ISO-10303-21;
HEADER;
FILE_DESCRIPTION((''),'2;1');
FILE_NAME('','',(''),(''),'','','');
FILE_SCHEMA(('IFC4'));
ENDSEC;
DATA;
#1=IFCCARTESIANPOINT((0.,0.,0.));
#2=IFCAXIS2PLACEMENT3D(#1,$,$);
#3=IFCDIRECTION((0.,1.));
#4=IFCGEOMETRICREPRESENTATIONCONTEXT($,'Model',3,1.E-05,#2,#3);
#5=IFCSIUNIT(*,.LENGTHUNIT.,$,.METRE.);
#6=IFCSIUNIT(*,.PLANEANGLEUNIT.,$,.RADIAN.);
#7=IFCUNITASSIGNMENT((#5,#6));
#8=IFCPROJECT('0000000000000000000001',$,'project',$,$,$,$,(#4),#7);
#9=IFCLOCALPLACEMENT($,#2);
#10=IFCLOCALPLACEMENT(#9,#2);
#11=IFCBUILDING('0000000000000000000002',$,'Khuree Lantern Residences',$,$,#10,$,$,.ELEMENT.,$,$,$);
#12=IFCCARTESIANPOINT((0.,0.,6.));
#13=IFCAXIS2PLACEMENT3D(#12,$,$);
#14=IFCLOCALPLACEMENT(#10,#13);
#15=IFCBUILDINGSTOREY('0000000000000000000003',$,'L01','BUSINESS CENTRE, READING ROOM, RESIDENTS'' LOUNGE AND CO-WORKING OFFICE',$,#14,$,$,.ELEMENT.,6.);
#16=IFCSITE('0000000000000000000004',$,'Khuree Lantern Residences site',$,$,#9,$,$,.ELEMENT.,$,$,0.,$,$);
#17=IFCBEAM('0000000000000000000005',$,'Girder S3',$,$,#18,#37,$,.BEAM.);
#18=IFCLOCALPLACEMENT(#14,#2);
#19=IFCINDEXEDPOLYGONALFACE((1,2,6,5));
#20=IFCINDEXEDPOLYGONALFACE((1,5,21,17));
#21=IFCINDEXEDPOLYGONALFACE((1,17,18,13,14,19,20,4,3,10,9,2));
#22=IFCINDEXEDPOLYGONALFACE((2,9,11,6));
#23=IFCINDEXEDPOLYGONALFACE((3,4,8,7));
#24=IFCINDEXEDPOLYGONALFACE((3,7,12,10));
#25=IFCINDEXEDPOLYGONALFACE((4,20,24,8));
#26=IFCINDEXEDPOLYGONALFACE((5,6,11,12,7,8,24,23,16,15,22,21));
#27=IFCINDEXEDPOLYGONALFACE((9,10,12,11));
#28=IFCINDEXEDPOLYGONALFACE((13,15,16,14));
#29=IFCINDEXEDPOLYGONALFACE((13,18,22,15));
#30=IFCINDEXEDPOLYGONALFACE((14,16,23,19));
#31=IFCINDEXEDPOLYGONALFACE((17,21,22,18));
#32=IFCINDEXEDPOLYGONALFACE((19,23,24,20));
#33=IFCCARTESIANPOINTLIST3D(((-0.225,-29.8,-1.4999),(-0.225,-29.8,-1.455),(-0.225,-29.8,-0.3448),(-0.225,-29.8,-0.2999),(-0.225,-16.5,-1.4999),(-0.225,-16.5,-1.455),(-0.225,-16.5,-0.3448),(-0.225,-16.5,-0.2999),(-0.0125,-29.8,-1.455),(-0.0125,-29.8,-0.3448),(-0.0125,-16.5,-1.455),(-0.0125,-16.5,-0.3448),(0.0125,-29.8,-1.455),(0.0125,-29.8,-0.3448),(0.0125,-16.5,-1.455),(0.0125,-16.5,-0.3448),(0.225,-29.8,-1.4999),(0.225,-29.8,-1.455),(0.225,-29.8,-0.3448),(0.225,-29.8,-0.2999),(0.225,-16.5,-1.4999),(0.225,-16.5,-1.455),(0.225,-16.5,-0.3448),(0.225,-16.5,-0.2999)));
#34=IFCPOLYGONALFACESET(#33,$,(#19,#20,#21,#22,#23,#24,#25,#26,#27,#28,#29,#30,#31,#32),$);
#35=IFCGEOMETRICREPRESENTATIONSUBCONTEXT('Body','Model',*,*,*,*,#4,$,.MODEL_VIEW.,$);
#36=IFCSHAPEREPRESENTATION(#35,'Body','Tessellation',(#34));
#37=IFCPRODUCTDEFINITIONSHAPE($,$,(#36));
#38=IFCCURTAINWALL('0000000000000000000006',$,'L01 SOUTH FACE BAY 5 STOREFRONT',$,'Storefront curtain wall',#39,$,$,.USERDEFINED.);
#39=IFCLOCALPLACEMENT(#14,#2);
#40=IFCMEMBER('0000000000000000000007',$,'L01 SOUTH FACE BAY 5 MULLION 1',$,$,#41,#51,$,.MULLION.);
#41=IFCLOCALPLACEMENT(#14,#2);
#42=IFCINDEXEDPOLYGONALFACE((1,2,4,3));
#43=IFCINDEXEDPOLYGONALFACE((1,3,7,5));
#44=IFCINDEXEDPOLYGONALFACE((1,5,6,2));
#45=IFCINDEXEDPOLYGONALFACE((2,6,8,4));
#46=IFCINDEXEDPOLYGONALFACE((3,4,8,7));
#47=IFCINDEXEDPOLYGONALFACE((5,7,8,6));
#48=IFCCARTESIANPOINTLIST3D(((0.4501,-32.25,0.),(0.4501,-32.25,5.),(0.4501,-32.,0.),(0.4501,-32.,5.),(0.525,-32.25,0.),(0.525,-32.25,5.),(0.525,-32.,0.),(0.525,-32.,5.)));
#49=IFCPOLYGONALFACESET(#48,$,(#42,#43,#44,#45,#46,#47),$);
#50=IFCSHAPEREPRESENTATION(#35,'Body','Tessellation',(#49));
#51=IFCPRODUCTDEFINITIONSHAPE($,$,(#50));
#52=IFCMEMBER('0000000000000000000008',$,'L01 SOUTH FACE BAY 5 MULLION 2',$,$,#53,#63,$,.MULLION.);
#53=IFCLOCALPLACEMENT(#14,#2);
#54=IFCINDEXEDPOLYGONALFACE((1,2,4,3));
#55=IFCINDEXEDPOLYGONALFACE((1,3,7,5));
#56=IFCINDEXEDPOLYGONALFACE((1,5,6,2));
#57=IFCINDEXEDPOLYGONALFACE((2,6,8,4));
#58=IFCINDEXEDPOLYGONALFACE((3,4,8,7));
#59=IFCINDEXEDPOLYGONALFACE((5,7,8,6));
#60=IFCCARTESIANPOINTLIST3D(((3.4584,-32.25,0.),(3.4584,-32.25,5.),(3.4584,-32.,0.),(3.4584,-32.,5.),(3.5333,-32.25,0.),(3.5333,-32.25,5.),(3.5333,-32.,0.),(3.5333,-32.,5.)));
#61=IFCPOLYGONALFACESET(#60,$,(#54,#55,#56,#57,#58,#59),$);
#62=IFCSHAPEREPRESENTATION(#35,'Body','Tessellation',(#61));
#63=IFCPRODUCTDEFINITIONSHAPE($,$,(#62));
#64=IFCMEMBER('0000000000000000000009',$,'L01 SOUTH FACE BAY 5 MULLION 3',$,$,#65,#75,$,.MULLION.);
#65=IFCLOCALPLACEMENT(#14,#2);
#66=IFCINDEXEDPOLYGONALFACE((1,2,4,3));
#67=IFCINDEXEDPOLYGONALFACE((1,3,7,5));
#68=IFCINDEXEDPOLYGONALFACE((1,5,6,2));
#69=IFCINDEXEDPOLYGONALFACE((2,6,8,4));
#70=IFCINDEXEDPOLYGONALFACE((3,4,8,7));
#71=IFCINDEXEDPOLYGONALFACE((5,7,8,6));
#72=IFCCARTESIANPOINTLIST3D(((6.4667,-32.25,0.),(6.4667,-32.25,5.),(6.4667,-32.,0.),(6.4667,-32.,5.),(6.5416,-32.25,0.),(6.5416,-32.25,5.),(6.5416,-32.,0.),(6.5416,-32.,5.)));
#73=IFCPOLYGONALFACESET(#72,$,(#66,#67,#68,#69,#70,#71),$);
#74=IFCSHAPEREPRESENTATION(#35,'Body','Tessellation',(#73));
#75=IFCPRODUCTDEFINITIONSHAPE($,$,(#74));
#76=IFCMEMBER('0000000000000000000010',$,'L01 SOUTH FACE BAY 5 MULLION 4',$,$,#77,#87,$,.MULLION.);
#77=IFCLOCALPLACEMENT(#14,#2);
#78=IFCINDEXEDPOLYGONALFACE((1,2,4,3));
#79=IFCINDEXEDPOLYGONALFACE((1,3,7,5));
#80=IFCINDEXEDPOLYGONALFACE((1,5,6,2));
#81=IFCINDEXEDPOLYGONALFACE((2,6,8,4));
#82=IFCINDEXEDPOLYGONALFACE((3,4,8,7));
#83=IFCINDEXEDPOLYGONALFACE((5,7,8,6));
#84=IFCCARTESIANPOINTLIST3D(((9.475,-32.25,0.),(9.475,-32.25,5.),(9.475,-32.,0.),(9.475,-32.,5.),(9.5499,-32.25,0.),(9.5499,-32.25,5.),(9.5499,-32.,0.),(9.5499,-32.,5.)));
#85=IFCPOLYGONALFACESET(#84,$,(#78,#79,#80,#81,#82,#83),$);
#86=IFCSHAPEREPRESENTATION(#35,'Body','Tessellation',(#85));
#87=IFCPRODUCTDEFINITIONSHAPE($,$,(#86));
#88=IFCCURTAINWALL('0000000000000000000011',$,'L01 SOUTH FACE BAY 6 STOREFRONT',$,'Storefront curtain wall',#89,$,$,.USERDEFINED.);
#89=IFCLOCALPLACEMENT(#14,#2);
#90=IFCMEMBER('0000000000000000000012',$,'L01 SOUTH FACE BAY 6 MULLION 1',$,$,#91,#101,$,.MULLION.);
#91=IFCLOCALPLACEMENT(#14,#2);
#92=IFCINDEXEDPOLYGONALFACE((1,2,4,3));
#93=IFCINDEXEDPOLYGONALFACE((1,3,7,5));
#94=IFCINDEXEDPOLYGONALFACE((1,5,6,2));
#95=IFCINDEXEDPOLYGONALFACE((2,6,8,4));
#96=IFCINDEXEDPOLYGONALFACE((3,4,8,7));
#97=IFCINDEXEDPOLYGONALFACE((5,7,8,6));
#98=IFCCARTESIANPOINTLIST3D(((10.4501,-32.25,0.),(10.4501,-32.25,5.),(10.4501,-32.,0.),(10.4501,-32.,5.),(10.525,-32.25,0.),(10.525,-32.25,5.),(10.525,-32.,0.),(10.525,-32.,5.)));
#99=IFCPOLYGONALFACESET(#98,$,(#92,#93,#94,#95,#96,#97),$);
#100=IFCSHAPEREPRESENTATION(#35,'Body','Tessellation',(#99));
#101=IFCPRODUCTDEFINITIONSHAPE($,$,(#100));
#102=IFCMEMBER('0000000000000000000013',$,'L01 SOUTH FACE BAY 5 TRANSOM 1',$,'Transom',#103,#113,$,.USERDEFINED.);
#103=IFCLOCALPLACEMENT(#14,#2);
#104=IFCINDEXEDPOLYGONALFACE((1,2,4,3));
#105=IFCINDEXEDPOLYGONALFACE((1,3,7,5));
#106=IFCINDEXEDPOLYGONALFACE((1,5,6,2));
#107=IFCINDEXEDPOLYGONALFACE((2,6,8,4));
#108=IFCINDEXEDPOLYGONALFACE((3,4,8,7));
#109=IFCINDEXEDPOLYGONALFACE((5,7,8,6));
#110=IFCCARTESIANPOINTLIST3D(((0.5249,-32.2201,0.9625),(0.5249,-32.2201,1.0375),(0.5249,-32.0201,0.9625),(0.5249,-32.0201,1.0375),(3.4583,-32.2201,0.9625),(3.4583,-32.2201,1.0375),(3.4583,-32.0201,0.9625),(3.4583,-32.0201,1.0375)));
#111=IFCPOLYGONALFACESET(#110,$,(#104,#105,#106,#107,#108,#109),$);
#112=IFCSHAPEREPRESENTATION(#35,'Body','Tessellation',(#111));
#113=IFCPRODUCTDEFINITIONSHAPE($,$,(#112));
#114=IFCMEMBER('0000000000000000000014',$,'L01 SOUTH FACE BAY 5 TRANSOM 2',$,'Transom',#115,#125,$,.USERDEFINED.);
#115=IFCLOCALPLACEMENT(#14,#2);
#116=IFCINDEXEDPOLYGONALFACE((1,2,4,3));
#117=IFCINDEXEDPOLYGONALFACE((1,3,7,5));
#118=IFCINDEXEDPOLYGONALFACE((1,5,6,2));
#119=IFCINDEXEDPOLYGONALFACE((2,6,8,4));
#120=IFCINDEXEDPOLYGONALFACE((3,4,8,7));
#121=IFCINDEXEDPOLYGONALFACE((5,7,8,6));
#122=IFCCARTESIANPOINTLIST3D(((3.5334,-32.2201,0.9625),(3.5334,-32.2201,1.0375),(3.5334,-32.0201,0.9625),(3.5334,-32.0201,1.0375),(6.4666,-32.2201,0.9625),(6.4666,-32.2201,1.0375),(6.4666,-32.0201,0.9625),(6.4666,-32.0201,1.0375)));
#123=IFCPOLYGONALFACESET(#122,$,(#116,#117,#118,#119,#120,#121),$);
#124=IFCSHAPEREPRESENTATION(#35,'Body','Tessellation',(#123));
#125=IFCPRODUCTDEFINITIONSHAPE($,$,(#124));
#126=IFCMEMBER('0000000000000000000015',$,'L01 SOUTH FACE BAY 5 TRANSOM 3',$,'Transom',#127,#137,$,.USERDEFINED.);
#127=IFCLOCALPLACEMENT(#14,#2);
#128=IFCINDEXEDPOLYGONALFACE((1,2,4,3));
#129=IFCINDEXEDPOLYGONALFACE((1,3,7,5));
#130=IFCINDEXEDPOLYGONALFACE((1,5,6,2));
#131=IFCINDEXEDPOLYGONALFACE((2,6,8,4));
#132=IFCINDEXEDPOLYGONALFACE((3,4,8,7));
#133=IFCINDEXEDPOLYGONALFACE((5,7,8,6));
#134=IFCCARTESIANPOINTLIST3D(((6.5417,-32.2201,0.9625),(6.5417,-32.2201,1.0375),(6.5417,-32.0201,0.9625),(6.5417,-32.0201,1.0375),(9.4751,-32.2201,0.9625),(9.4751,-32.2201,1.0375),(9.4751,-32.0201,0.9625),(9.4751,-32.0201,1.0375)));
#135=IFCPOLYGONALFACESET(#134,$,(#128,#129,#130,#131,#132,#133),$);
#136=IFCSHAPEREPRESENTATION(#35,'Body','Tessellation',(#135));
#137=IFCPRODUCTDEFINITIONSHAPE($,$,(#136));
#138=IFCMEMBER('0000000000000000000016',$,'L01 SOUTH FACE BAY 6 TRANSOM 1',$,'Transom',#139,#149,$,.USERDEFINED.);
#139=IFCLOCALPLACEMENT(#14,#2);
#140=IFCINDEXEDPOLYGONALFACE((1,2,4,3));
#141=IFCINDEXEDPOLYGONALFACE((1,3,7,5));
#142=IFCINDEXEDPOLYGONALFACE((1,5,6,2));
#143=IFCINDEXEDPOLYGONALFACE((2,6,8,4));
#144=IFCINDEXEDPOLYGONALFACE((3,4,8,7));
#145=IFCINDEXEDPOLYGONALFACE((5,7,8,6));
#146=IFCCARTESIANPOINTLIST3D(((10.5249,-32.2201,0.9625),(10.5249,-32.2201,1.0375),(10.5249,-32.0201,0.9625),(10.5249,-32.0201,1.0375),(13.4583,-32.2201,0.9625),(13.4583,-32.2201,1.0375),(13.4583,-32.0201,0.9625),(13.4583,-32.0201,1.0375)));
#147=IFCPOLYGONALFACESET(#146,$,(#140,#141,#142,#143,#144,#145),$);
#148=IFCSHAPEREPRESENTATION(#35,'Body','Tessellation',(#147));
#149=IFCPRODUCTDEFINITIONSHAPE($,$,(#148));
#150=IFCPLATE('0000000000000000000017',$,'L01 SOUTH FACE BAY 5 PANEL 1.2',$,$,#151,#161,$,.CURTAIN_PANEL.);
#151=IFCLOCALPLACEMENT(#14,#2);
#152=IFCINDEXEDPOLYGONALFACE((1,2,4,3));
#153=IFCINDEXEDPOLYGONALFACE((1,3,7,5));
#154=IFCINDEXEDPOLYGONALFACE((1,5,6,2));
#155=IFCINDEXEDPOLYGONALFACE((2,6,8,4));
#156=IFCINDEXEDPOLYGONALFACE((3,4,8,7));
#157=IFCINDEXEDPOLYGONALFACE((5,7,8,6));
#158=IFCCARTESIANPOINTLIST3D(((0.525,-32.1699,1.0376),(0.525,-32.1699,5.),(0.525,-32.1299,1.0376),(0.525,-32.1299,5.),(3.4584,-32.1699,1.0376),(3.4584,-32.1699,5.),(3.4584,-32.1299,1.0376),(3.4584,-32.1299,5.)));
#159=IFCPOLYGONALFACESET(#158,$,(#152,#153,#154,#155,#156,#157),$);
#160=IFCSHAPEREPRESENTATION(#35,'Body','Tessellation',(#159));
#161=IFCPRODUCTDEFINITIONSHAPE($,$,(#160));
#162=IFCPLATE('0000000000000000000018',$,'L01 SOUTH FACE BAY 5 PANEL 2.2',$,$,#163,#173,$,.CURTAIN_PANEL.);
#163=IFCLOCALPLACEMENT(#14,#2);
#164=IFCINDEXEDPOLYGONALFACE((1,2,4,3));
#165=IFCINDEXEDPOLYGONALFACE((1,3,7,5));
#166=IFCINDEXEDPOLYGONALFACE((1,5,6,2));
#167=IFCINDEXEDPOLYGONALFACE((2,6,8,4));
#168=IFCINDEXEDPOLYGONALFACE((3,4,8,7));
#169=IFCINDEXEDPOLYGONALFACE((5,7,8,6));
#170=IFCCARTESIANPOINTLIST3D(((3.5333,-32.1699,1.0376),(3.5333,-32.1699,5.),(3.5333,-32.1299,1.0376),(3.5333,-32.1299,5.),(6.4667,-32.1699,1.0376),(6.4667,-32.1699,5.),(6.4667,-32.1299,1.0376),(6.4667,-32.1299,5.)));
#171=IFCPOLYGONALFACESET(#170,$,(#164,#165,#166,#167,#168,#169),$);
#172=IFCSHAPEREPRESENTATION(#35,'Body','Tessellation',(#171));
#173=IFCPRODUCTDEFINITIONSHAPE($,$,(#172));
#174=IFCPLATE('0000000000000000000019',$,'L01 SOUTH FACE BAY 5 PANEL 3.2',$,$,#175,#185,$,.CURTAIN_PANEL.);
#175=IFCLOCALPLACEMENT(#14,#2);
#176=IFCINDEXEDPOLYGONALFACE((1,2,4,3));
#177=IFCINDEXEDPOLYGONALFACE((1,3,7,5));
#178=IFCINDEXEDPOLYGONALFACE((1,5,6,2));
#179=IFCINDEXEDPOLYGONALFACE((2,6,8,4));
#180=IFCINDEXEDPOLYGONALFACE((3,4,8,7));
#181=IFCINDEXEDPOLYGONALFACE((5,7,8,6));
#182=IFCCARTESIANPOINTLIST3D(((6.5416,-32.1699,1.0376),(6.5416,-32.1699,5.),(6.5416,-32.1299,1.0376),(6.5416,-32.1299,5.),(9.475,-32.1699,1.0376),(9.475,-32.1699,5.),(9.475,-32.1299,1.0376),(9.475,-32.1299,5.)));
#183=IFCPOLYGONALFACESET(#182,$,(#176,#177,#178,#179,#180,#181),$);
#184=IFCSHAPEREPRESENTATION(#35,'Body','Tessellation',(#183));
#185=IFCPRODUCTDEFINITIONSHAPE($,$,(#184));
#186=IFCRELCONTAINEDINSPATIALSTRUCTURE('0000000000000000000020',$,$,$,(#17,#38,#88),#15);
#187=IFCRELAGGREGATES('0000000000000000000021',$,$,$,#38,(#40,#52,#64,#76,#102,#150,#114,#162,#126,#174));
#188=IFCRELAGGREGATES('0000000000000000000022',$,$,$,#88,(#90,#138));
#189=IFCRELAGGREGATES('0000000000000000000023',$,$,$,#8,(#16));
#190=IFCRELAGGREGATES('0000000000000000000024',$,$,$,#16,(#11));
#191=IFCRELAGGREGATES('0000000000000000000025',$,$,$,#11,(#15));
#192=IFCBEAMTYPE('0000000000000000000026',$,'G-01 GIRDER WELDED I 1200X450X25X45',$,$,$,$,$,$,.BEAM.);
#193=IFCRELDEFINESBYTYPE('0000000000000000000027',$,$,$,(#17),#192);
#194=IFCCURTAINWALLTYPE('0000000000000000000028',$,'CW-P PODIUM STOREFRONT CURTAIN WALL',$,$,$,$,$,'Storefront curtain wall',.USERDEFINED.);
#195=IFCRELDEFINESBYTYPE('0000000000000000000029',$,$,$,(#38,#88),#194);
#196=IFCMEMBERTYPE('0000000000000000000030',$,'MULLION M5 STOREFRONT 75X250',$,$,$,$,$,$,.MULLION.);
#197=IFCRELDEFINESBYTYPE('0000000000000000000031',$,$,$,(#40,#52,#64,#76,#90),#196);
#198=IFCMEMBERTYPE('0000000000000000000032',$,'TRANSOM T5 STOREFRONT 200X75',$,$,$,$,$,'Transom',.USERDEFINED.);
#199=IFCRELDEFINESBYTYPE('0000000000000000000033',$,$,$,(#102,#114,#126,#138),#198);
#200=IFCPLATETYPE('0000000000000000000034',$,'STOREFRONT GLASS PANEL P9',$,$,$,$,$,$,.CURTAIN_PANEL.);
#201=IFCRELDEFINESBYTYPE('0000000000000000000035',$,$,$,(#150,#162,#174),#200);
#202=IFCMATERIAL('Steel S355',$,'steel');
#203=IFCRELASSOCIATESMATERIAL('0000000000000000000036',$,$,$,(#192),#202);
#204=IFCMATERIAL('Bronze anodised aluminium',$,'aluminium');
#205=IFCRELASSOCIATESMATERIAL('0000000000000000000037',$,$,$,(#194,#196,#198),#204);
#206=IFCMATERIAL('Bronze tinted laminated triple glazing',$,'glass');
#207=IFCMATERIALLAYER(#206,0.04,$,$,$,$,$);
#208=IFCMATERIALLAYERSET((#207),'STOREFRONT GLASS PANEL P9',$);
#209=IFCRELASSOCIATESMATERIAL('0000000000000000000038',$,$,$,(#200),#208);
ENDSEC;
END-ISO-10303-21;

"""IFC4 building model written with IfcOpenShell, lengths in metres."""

from ifc_helpers import new_model, si_unit, direction, frame, origin, origin_2d, place, context, subcontext, project, spatial, rectangle, i_section, extrude, material, layer, layer_set, material_profile, profile_set, type_object, element, aggregate, save


model = new_model("IFC4")

# Units and contexts
model_context = context("Model", 3, precision=1e-05, world=origin(), true_north=direction((0.0, 1.0)))
body_context = subcontext(model_context, "Body", "Model", "MODEL_VIEW")
ifc_project = project(units=[si_unit("LENGTHUNIT", "METRE"), si_unit("PLANEANGLEUNIT", "RADIAN")], contexts=[model_context])

# Site, building, storey
site_placement = place(None, origin())
site = spatial("IfcSite", under=ifc_project, at=site_placement, Name="Khuree Lantern Residences site", CompositionType="ELEMENT", RefElevation=0.0)
building_placement = place(site_placement, origin())
building = spatial("IfcBuilding", under=site, at=building_placement, Name="Khuree Lantern Residences", CompositionType="ELEMENT")
storey_placement = place(building_placement, frame((0.0, 0.0, 6.0)))
storey = spatial("IfcBuildingStorey", under=building, at=storey_placement, Name="L01", Description="BUSINESS CENTRE, READING ROOM, RESIDENTS' LOUNGE AND CO-WORKING OFFICE", CompositionType="ELEMENT", Elevation=6.0)

# Beam
ifc_material_1 = material(Name="Steel S355", Category="steel")
ifc_material_profile_1 = material_profile(ifc_material_1, i_section(OverallWidth=0.45, OverallDepth=1.2, WebThickness=0.0249, FlangeThickness=0.0449, at=origin_2d()), Name="WELDED I 1200X450X25X45")
ifc_profile_set_1 = profile_set([ifc_material_profile_1], Name="Steel S355")
beam_type_1 = type_object("IfcBeamType", Name="G-01 GIRDER WELDED I 1200X450X25X45", PredefinedType="BEAM", material=ifc_profile_set_1)
for number, where, z_axis, x_axis, name in (
    (1, (0.0, -29.8, -0.8999), (0.0, 1.0, 0.0), (-1.0, 0.0, 0.0), "Girder S3"),
):
    element("IfcBeam", number, at=place(storey_placement, frame(where, z_axis=z_axis, x_axis=x_axis)), inside=storey, type_object=beam_type_1, Name=name, PredefinedType="BEAM", context=body_context, shape_type="SweptSolid", body=[
        extrude(i_section(OverallWidth=0.45, OverallDepth=1.2, WebThickness=0.0249, FlangeThickness=0.0449, at=origin_2d()), origin(), (0.0, 0.0, 1.0), 13.3),
    ])

# Curtain wall, members
ifc_material_2 = material(Name="Bronze anodised aluminium", Category="aluminium")
curtain_wall_type = type_object("IfcCurtainWallType", Name="CW-P PODIUM STOREFRONT CURTAIN WALL", ElementType="Storefront curtain wall", PredefinedType="USERDEFINED", material=ifc_material_2)
curtain_wall_1_placement = place(storey_placement, origin())
curtain_wall_1 = element("IfcCurtainWall", 2, at=curtain_wall_1_placement, inside=storey, type_object=curtain_wall_type, Name="L01 SOUTH FACE BAY 5 STOREFRONT", ObjectType="Storefront curtain wall", PredefinedType="USERDEFINED")
ifc_material_profile_2 = material_profile(ifc_material_2, rectangle(XDim=0.075, YDim=0.25, at=origin_2d()), Name="M5 75X250")
ifc_profile_set_2 = profile_set([ifc_material_profile_2], Name="Bronze anodised aluminium")
member_type_1 = type_object("IfcMemberType", Name="MULLION M5 STOREFRONT 75X250", PredefinedType="MULLION", material=ifc_profile_set_2)
member_1_placement = place(storey_placement, frame((0.4875, -32.125, 0.0), z_axis=(0.0, 0.0, 1.0), x_axis=(1.0, 0.0, 0.0)))
member_1 = element("IfcMember", 3, at=member_1_placement, type_object=member_type_1, Name="L01 SOUTH FACE BAY 5 MULLION 1", PredefinedType="MULLION", context=body_context, shape_type="SweptSolid", body=[
    extrude(rectangle(XDim=0.075, YDim=0.25, at=origin_2d()), origin(), (0.0, 0.0, 1.0), 5.0),
])
member_2_placement = place(storey_placement, frame((3.4958, -32.125, 0.0), z_axis=(0.0, 0.0, 1.0), x_axis=(1.0, 0.0, 0.0)))
member_2 = element("IfcMember", 4, at=member_2_placement, type_object=member_type_1, Name="L01 SOUTH FACE BAY 5 MULLION 2", PredefinedType="MULLION", context=body_context, shape_type="SweptSolid", body=[
    extrude(rectangle(XDim=0.075, YDim=0.25, at=origin_2d()), origin(), (0.0, 0.0, 1.0), 5.0),
])
member_3_placement = place(storey_placement, frame((6.5042, -32.125, 0.0), z_axis=(0.0, 0.0, 1.0), x_axis=(1.0, 0.0, 0.0)))
member_3 = element("IfcMember", 5, at=member_3_placement, type_object=member_type_1, Name="L01 SOUTH FACE BAY 5 MULLION 3", PredefinedType="MULLION", context=body_context, shape_type="SweptSolid", body=[
    extrude(rectangle(XDim=0.075, YDim=0.25, at=origin_2d()), origin(), (0.0, 0.0, 1.0), 5.0),
])
member_4_placement = place(storey_placement, frame((9.5125, -32.125, 0.0), z_axis=(0.0, 0.0, 1.0), x_axis=(1.0, 0.0, 0.0)))
member_4 = element("IfcMember", 6, at=member_4_placement, type_object=member_type_1, Name="L01 SOUTH FACE BAY 5 MULLION 4", PredefinedType="MULLION", context=body_context, shape_type="SweptSolid", body=[
    extrude(rectangle(XDim=0.075, YDim=0.25, at=origin_2d()), origin(), (0.0, 0.0, 1.0), 5.0),
])

# Curtain wall, member
curtain_wall_2_placement = place(storey_placement, origin())
curtain_wall_2 = element("IfcCurtainWall", 7, at=curtain_wall_2_placement, inside=storey, type_object=curtain_wall_type, Name="L01 SOUTH FACE BAY 6 STOREFRONT", ObjectType="Storefront curtain wall", PredefinedType="USERDEFINED")
member_5_placement = place(storey_placement, frame((10.4875, -32.125, 0.0), z_axis=(0.0, 0.0, 1.0), x_axis=(1.0, 0.0, 0.0)))
member_5 = element("IfcMember", 8, at=member_5_placement, type_object=member_type_1, Name="L01 SOUTH FACE BAY 6 MULLION 1", PredefinedType="MULLION", context=body_context, shape_type="SweptSolid", body=[
    extrude(rectangle(XDim=0.075, YDim=0.25, at=origin_2d()), origin(), (0.0, 0.0, 1.0), 5.0),
])

# Members
ifc_material_profile_3 = material_profile(ifc_material_2, rectangle(XDim=0.2, YDim=0.075, at=origin_2d()), Name="T5 200X75")
ifc_profile_set_3 = profile_set([ifc_material_profile_3], Name="Bronze anodised aluminium")
member_type_2 = type_object("IfcMemberType", Name="TRANSOM T5 STOREFRONT 200X75", ElementType="Transom", PredefinedType="USERDEFINED", material=ifc_profile_set_3)
member_6_placement = place(storey_placement, frame((0.5249, -32.1201, 1.0), z_axis=(1.0, 0.0, 0.0), x_axis=(0.0, 1.0, 0.0)))
member_6 = element("IfcMember", 9, at=member_6_placement, type_object=member_type_2, Name="L01 SOUTH FACE BAY 5 TRANSOM 1", ObjectType="Transom", PredefinedType="USERDEFINED", context=body_context, shape_type="SweptSolid", body=[
    extrude(rectangle(XDim=0.2, YDim=0.075, at=origin_2d()), origin(), (0.0, 0.0, 1.0), 2.9333),
])
member_7_placement = place(storey_placement, frame((3.5334, -32.1201, 1.0), z_axis=(1.0, 0.0, 0.0), x_axis=(0.0, 1.0, 0.0)))
member_7 = element("IfcMember", 10, at=member_7_placement, type_object=member_type_2, Name="L01 SOUTH FACE BAY 5 TRANSOM 2", ObjectType="Transom", PredefinedType="USERDEFINED", context=body_context, shape_type="SweptSolid", body=[
    extrude(rectangle(XDim=0.2, YDim=0.075, at=origin_2d()), origin(), (0.0, 0.0, 1.0), 2.9331),
])
member_8_placement = place(storey_placement, frame((6.5417, -32.1201, 1.0), z_axis=(1.0, 0.0, 0.0), x_axis=(0.0, 1.0, 0.0)))
member_8 = element("IfcMember", 11, at=member_8_placement, type_object=member_type_2, Name="L01 SOUTH FACE BAY 5 TRANSOM 3", ObjectType="Transom", PredefinedType="USERDEFINED", context=body_context, shape_type="SweptSolid", body=[
    extrude(rectangle(XDim=0.2, YDim=0.075, at=origin_2d()), origin(), (0.0, 0.0, 1.0), 2.9333),
])
member_9_placement = place(storey_placement, frame((10.5249, -32.1201, 1.0), z_axis=(1.0, 0.0, 0.0), x_axis=(0.0, 1.0, 0.0)))
member_9 = element("IfcMember", 12, at=member_9_placement, type_object=member_type_2, Name="L01 SOUTH FACE BAY 6 TRANSOM 1", ObjectType="Transom", PredefinedType="USERDEFINED", context=body_context, shape_type="SweptSolid", body=[
    extrude(rectangle(XDim=0.2, YDim=0.075, at=origin_2d()), origin(), (0.0, 0.0, 1.0), 2.9333),
])

# Plates
ifc_material_3 = material(Name="Bronze tinted laminated triple glazing", Category="glass")
ifc_layer_1 = layer(ifc_material_3, 0.04)
ifc_layer_set_1 = layer_set([ifc_layer_1], Name="STOREFRONT GLASS PANEL P9")
plate_type_1 = type_object("IfcPlateType", Name="STOREFRONT GLASS PANEL P9", PredefinedType="CURTAIN_PANEL", material=ifc_layer_set_1)
plate_1_placement = place(storey_placement, frame((1.9917, -32.1499, 1.0376), z_axis=(0.0, 0.0, 1.0), x_axis=(1.0, 0.0, 0.0)))
plate_1 = element("IfcPlate", 13, at=plate_1_placement, type_object=plate_type_1, Name="L01 SOUTH FACE BAY 5 PANEL 1.2", PredefinedType="CURTAIN_PANEL", context=body_context, shape_type="SweptSolid", body=[
    extrude(rectangle(XDim=2.9333, YDim=0.04, at=origin_2d()), origin(), (0.0, 0.0, 1.0), 3.9624),
])
plate_2_placement = place(storey_placement, frame((5.0, -32.1499, 1.0376), z_axis=(0.0, 0.0, 1.0), x_axis=(1.0, 0.0, 0.0)))
plate_2 = element("IfcPlate", 14, at=plate_2_placement, type_object=plate_type_1, Name="L01 SOUTH FACE BAY 5 PANEL 2.2", PredefinedType="CURTAIN_PANEL", context=body_context, shape_type="SweptSolid", body=[
    extrude(rectangle(XDim=2.9333, YDim=0.04, at=origin_2d()), origin(), (0.0, 0.0, 1.0), 3.9624),
])
plate_3_placement = place(storey_placement, frame((8.0083, -32.1499, 1.0376), z_axis=(0.0, 0.0, 1.0), x_axis=(1.0, 0.0, 0.0)))
plate_3 = element("IfcPlate", 15, at=plate_3_placement, type_object=plate_type_1, Name="L01 SOUTH FACE BAY 5 PANEL 3.2", PredefinedType="CURTAIN_PANEL", context=body_context, shape_type="SweptSolid", body=[
    extrude(rectangle(XDim=2.9333, YDim=0.04, at=origin_2d()), origin(), (0.0, 0.0, 1.0), 3.9624),
])
aggregate(curtain_wall_1, [member_1, member_2, member_3, member_4, member_6, plate_1, member_7, plate_2, member_8, plate_3])
aggregate(curtain_wall_2, [member_5, member_9])

save(model, "model.ifc")
